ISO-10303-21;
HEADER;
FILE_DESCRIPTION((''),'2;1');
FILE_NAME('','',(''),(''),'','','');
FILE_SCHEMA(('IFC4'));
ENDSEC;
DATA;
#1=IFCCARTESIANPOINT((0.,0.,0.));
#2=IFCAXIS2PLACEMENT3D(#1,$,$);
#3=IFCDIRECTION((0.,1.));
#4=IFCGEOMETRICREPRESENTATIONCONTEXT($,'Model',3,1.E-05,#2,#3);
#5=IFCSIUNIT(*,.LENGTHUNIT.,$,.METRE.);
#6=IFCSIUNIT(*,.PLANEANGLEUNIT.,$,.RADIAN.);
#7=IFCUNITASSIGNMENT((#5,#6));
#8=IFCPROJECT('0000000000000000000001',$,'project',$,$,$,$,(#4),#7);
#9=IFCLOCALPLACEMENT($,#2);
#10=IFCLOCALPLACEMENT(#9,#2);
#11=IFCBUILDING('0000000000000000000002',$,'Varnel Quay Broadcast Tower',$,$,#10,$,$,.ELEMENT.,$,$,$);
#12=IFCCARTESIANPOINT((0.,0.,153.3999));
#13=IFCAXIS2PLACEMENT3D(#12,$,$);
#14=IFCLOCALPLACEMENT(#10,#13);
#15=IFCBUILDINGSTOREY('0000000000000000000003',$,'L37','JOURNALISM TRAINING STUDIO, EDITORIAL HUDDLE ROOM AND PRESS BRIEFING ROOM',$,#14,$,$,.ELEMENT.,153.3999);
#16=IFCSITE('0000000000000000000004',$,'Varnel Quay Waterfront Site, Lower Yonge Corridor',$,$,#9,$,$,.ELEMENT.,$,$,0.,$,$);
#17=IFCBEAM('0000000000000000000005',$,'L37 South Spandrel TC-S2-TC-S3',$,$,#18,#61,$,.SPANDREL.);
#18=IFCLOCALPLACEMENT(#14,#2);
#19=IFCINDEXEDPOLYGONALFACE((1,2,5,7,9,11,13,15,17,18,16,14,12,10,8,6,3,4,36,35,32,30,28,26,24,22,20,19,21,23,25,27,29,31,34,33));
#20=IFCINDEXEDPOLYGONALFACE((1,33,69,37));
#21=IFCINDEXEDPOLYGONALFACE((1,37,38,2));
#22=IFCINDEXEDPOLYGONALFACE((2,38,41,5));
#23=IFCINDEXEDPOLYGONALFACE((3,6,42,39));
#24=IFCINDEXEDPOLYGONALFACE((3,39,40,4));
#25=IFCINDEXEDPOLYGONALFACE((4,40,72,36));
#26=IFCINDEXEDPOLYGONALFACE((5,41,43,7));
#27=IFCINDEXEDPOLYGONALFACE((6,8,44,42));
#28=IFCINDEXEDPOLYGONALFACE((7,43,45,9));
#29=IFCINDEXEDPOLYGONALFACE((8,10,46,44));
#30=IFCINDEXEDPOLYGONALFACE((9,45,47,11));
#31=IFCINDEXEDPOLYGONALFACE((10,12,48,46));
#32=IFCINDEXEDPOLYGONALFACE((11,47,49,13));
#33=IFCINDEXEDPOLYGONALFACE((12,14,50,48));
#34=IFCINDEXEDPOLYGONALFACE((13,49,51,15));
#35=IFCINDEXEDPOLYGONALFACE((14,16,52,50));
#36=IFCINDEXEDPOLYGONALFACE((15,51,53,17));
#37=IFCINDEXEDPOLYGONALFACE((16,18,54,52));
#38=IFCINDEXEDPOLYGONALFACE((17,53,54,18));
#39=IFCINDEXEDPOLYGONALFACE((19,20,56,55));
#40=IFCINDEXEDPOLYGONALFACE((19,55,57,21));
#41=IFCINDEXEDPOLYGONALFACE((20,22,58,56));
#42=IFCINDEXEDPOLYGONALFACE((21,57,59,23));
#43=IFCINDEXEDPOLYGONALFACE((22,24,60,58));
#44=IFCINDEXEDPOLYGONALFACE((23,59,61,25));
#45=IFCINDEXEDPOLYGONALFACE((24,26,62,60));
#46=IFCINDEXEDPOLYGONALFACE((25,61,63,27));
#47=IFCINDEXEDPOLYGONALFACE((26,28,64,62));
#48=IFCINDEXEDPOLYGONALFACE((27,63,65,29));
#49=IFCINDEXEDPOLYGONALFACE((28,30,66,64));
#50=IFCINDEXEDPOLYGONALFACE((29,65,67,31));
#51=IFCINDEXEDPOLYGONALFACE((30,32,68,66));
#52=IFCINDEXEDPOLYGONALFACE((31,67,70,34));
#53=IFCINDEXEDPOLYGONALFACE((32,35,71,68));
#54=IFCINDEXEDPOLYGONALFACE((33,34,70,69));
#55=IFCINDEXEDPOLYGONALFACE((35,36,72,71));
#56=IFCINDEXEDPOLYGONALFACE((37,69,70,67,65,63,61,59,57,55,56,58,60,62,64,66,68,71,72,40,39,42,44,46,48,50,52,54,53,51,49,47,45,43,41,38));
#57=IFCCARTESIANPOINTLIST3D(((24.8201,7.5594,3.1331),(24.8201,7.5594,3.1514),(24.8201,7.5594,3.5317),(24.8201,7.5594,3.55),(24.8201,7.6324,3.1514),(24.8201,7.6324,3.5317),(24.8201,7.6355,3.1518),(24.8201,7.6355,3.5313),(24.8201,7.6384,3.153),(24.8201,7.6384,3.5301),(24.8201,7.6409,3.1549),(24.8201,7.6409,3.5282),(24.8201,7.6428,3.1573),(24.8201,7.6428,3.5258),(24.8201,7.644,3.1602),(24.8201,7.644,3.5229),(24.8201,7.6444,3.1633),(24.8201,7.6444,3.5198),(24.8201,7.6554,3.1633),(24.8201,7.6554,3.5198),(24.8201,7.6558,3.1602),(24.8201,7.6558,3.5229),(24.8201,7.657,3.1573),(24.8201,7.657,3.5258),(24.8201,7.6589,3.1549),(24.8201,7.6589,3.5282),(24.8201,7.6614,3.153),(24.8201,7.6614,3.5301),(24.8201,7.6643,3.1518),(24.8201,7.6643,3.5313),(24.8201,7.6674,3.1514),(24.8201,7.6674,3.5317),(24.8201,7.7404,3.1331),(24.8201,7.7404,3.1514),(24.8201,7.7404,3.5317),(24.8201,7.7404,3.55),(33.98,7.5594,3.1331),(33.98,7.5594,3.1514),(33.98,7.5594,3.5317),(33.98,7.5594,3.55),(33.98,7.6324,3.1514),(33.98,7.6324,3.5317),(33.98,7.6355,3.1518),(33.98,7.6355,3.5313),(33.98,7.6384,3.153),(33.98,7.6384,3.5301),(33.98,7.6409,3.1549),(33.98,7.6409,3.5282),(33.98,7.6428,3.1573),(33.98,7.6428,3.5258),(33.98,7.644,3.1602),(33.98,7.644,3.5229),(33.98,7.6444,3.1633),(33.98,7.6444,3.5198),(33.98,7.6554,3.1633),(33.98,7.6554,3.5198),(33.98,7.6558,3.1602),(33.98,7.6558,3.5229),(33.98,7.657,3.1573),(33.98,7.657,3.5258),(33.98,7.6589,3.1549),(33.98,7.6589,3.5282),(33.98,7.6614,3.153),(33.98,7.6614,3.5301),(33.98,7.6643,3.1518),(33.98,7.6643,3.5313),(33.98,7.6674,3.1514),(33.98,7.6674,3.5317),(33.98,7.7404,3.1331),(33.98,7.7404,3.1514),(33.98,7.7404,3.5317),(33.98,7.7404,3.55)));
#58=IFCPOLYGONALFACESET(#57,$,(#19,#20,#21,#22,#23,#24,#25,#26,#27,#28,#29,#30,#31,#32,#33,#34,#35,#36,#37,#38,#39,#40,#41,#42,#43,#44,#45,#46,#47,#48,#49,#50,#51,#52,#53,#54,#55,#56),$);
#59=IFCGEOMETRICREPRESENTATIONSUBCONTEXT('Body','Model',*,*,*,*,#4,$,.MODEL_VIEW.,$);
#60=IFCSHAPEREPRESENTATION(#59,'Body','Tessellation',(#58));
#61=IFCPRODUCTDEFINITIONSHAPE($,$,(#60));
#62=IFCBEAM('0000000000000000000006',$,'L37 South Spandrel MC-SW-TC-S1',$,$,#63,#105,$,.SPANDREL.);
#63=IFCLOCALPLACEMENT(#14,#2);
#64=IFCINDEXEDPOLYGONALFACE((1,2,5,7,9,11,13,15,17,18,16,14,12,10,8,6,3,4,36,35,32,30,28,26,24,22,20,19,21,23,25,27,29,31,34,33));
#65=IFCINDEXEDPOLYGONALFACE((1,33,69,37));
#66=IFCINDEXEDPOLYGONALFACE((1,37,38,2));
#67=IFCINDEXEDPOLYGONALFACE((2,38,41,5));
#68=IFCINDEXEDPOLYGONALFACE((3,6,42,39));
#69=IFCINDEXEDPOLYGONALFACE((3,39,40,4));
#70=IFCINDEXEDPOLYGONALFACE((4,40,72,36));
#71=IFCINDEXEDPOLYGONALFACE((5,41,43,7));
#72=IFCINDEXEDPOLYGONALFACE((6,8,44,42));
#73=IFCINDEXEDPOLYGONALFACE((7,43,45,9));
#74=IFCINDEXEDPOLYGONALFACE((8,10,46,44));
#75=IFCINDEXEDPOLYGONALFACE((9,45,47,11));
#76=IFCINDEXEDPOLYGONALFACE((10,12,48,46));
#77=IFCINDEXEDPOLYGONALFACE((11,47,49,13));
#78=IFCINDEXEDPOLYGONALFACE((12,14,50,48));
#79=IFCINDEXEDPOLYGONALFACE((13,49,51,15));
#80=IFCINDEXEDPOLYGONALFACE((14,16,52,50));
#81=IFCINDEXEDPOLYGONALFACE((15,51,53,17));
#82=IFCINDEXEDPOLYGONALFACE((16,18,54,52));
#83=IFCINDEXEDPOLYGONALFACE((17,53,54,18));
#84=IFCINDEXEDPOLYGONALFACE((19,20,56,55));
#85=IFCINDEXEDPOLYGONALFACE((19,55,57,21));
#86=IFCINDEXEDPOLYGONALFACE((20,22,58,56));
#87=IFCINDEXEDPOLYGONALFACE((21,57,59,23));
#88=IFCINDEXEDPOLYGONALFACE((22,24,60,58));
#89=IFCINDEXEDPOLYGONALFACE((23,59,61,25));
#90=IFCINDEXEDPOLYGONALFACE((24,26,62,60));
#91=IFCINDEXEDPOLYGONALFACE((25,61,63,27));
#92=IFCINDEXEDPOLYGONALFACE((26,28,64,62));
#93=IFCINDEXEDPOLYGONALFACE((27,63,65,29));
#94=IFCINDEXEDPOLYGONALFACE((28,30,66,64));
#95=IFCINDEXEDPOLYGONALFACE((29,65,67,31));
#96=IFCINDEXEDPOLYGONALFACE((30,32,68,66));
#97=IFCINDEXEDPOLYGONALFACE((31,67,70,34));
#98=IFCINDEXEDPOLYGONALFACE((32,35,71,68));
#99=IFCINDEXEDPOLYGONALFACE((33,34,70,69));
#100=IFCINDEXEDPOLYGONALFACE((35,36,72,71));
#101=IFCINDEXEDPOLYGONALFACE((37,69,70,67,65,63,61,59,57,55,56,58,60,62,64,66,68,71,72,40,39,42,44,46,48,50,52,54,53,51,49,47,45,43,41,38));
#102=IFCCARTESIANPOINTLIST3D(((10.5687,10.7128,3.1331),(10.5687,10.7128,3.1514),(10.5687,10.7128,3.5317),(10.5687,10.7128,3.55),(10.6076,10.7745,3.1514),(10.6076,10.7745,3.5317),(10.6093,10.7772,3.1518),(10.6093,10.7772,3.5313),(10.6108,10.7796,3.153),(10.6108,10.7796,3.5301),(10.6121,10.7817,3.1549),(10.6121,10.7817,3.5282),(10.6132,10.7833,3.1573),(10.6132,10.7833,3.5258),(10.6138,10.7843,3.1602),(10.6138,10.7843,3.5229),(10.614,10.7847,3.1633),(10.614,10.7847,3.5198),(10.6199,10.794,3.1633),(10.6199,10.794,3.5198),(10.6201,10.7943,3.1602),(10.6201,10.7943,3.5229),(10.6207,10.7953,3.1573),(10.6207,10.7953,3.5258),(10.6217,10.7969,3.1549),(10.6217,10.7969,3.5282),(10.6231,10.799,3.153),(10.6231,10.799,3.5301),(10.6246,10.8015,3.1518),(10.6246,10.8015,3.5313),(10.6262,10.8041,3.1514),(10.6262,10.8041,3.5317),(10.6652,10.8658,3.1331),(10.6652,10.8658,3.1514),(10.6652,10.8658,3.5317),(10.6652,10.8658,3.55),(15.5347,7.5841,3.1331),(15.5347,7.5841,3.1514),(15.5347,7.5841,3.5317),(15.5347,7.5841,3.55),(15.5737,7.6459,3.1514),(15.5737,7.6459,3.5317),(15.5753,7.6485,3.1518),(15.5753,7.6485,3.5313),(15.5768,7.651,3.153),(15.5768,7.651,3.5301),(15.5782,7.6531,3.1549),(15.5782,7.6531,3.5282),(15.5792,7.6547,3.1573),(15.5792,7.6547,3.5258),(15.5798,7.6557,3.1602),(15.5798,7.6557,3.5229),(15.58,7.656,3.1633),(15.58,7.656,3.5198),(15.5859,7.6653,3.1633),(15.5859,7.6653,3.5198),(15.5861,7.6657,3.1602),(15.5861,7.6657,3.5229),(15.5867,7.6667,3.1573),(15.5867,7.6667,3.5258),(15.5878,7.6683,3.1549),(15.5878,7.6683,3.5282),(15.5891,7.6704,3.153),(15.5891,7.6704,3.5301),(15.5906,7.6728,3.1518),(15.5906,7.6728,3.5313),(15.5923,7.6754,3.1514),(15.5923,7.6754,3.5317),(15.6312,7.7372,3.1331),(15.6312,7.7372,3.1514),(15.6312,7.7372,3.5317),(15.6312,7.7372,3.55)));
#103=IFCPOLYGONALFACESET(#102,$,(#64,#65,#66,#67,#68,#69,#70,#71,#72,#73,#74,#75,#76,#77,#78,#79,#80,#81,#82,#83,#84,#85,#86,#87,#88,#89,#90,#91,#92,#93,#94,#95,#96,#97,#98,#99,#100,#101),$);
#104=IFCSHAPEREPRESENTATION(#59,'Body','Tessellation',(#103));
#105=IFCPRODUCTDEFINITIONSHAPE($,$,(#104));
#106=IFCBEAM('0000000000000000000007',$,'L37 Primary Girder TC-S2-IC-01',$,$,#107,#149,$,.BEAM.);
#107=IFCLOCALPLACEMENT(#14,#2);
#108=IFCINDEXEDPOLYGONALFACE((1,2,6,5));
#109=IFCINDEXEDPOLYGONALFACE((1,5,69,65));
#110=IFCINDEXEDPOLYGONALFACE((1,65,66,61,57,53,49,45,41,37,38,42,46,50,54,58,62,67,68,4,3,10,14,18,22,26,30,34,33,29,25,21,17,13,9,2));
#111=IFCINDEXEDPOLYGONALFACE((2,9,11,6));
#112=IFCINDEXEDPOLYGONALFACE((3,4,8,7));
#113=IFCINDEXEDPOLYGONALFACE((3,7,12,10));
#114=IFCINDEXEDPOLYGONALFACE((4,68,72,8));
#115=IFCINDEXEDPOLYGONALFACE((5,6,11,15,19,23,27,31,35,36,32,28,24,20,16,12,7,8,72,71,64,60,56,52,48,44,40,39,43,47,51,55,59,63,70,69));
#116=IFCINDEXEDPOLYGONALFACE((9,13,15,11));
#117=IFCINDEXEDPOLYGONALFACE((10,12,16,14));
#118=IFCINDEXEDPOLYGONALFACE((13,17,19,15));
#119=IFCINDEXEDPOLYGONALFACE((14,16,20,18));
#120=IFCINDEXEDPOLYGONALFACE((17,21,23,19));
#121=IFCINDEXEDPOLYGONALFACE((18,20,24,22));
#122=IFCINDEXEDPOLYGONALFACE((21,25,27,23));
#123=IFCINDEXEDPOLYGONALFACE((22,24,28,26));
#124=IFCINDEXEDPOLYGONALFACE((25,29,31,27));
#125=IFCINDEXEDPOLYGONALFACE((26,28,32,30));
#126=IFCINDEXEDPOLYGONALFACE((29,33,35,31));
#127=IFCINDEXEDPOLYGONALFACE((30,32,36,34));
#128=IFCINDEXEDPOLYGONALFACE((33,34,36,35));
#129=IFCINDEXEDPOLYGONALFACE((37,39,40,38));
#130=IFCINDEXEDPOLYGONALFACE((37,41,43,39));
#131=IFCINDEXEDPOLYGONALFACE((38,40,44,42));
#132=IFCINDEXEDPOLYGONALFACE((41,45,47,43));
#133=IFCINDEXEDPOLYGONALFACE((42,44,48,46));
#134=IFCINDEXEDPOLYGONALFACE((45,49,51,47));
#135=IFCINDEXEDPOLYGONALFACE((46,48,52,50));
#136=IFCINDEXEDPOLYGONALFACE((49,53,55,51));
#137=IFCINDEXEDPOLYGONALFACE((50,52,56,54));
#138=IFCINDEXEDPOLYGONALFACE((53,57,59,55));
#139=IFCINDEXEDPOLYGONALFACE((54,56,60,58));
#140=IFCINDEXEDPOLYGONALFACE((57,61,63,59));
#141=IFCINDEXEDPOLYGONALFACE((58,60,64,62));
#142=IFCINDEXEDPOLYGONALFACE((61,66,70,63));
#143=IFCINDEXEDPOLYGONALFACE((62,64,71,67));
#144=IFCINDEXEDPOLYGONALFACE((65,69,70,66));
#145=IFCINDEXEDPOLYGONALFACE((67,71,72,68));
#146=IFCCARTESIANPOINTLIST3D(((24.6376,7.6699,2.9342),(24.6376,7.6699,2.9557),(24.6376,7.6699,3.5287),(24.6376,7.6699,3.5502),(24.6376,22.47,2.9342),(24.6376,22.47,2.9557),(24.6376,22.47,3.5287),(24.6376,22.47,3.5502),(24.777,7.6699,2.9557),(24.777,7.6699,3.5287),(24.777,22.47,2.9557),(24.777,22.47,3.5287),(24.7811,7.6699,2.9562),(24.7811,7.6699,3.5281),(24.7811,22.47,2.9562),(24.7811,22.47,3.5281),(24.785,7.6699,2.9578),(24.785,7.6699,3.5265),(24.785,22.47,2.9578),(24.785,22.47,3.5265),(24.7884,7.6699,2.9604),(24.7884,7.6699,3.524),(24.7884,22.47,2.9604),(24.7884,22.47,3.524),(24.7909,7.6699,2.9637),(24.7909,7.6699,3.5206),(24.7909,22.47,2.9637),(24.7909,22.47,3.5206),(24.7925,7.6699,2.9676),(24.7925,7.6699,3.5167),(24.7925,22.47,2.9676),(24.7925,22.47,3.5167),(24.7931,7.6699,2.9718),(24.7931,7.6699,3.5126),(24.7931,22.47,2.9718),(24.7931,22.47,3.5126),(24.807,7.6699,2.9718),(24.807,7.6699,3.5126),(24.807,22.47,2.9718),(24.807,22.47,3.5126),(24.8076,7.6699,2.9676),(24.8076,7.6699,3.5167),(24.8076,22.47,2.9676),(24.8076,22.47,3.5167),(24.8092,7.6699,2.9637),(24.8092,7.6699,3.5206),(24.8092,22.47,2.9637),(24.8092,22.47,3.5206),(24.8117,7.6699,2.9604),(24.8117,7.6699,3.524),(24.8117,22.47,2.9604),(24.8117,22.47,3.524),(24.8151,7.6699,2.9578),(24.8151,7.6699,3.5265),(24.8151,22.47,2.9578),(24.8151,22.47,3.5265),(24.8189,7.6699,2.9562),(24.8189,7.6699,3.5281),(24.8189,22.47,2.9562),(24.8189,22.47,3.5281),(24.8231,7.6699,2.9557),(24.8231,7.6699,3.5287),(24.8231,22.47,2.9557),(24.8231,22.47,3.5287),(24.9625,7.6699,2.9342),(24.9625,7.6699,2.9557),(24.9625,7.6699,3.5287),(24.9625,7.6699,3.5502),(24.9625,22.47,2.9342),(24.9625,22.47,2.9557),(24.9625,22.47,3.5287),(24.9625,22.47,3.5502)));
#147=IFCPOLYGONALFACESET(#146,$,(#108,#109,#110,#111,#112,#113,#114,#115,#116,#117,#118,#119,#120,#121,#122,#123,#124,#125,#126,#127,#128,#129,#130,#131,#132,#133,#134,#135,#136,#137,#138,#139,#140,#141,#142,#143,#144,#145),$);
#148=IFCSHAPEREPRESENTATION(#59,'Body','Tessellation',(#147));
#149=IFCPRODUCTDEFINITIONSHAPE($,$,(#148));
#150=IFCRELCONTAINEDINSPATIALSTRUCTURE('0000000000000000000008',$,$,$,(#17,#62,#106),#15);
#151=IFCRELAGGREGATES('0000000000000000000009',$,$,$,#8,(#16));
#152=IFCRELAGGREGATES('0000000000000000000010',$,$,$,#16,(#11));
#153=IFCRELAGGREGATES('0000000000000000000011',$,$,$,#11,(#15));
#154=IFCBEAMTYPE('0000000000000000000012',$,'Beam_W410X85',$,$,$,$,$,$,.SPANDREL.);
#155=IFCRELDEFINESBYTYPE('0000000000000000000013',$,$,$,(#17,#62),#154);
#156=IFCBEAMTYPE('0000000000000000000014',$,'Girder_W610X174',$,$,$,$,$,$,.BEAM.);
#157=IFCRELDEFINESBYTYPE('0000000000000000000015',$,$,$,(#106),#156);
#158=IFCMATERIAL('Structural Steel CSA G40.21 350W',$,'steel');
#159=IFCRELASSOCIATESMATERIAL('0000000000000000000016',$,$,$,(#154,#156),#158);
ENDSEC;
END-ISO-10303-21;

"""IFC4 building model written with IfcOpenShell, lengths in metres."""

from ifc_helpers import new_model, si_unit, direction, frame, origin, origin_2d, place, context, subcontext, project, spatial, i_section, extrude, source, transform, mapped, material, material_profile, profile_set, type_object, type_shapes, element, save


model = new_model("IFC4")

# Units and contexts
model_context = context("Model", 3, precision=1e-05, world=origin(), true_north=direction((0.0, 1.0)))
body_context = subcontext(model_context, "Body", "Model", "MODEL_VIEW")
ifc_project = project(units=[si_unit("LENGTHUNIT", "METRE"), si_unit("PLANEANGLEUNIT", "RADIAN")], contexts=[model_context])

# Site, building, storey
site_placement = place(None, origin())
site = spatial("IfcSite", under=ifc_project, at=site_placement, Name="Varnel Quay Waterfront Site, Lower Yonge Corridor", CompositionType="ELEMENT", RefElevation=0.0)
building_placement = place(site_placement, origin())
building = spatial("IfcBuilding", under=site, at=building_placement, Name="Varnel Quay Broadcast Tower", CompositionType="ELEMENT")
storey_placement = place(building_placement, frame((0.0, 0.0, 153.3999)))
storey = spatial("IfcBuildingStorey", under=building, at=storey_placement, Name="L37", Description="JOURNALISM TRAINING STUDIO, EDITORIAL HUDDLE ROOM AND PRESS BRIEFING ROOM", CompositionType="ELEMENT", Elevation=153.3999)

# Shared definitions
ifc_material_1 = material(Name="Structural Steel CSA G40.21 350W", Category="steel")

# Beams
ifc_material_profile_1 = material_profile(ifc_material_1, i_section(OverallWidth=0.1809, OverallDepth=0.417, WebThickness=0.011, FlangeThickness=0.0183, FilletRadius=0.012, at=origin_2d()), Name="W410X85")
ifc_profile_set_1 = profile_set([ifc_material_profile_1], Name="Structural Steel CSA G40.21 350W")
beam_type_1 = type_object("IfcBeamType", Name="Beam_W410X85", PredefinedType="SPANDREL", material=ifc_profile_set_1)
shared_shape_1 = source(origin(), body_context, "Body", "SweptSolid", [
    extrude(i_section(OverallWidth=0.1809, OverallDepth=0.417, WebThickness=0.011, FlangeThickness=0.0183, FilletRadius=0.012, at=origin_2d()), origin(), (0.0, 0.0, 1.0), 9.1599),
])
for number, where, z_axis, x_axis, name in (
    (1, (24.8201, 7.6499, 3.3416), (1.0, 0.0, 0.0), (0.0, 1.0, 0.0), "L37 South Spandrel TC-S2-TC-S3"),
):
    element("IfcBeam", number, at=place(storey_placement, frame(where, z_axis=z_axis, x_axis=x_axis)), inside=storey, type_object=beam_type_1, Name=name, PredefinedType="SPANDREL", context=body_context, shape_type="MappedRepresentation", body=[
        mapped(shared_shape_1, transform((0.0, 0.0, 0.0), x_axis=(1.0, 0.0, 0.0), y_axis=(0.0, 1.0, 0.0), z_axis=(0.0, 0.0, 1.0), scale=1.0)),
    ])
shared_shape_2 = source(origin(), body_context, "Body", "SweptSolid", [
    extrude(i_section(OverallWidth=0.1809, OverallDepth=0.417, WebThickness=0.011, FlangeThickness=0.0183, FilletRadius=0.012, at=origin_2d()), origin(), (0.0, 0.0, 1.0), 5.8694),
])
type_shapes(beam_type_1, [shared_shape_1, shared_shape_2])
beam_1_placement = place(storey_placement, frame((10.6169, 10.7893, 3.3416), z_axis=(0.846088, -0.533043, 0.0), x_axis=(0.533043, 0.846088, 0.0)))
element("IfcBeam", 2, at=beam_1_placement, inside=storey, type_object=beam_type_1, Name="L37 South Spandrel MC-SW-TC-S1", PredefinedType="SPANDREL", context=body_context, shape_type="MappedRepresentation", body=[
    mapped(shared_shape_2, transform((0.0, 0.0, 0.0), x_axis=(1.0, 0.0, 0.0), y_axis=(0.0, 1.0, 0.0), z_axis=(0.0, 0.0, 1.0), scale=1.0)),
])
ifc_material_profile_2 = material_profile(ifc_material_1, i_section(OverallWidth=0.325, OverallDepth=0.616, WebThickness=0.0139, FlangeThickness=0.0215, FilletRadius=0.0161, at=origin_2d()), Name="W610X174")
ifc_profile_set_2 = profile_set([ifc_material_profile_2], Name="Structural Steel CSA G40.21 350W")
beam_type_2 = type_object("IfcBeamType", Name="Girder_W610X174", PredefinedType="BEAM", material=ifc_profile_set_2)
shared_shape_3 = source(origin(), body_context, "Body", "SweptSolid", [
    extrude(i_section(OverallWidth=0.325, OverallDepth=0.616, WebThickness=0.0139, FlangeThickness=0.0215, FilletRadius=0.0161, at=origin_2d()), origin(), (0.0, 0.0, 1.0), 14.8),
])
type_shapes(beam_type_2, [shared_shape_3])
beam_2_placement = place(storey_placement, frame((24.8, 7.6699, 3.2422), z_axis=(0.0, 1.0, 0.0), x_axis=(-1.0, 0.0, 0.0)))
element("IfcBeam", 3, at=beam_2_placement, inside=storey, type_object=beam_type_2, Name="L37 Primary Girder TC-S2-IC-01", PredefinedType="BEAM", context=body_context, shape_type="MappedRepresentation", body=[
    mapped(shared_shape_3, transform((0.0, 0.0, 0.0), x_axis=(1.0, 0.0, 0.0), y_axis=(0.0, 1.0, 0.0), z_axis=(0.0, 0.0, 1.0), scale=1.0)),
])

save(model, "model.ifc")
